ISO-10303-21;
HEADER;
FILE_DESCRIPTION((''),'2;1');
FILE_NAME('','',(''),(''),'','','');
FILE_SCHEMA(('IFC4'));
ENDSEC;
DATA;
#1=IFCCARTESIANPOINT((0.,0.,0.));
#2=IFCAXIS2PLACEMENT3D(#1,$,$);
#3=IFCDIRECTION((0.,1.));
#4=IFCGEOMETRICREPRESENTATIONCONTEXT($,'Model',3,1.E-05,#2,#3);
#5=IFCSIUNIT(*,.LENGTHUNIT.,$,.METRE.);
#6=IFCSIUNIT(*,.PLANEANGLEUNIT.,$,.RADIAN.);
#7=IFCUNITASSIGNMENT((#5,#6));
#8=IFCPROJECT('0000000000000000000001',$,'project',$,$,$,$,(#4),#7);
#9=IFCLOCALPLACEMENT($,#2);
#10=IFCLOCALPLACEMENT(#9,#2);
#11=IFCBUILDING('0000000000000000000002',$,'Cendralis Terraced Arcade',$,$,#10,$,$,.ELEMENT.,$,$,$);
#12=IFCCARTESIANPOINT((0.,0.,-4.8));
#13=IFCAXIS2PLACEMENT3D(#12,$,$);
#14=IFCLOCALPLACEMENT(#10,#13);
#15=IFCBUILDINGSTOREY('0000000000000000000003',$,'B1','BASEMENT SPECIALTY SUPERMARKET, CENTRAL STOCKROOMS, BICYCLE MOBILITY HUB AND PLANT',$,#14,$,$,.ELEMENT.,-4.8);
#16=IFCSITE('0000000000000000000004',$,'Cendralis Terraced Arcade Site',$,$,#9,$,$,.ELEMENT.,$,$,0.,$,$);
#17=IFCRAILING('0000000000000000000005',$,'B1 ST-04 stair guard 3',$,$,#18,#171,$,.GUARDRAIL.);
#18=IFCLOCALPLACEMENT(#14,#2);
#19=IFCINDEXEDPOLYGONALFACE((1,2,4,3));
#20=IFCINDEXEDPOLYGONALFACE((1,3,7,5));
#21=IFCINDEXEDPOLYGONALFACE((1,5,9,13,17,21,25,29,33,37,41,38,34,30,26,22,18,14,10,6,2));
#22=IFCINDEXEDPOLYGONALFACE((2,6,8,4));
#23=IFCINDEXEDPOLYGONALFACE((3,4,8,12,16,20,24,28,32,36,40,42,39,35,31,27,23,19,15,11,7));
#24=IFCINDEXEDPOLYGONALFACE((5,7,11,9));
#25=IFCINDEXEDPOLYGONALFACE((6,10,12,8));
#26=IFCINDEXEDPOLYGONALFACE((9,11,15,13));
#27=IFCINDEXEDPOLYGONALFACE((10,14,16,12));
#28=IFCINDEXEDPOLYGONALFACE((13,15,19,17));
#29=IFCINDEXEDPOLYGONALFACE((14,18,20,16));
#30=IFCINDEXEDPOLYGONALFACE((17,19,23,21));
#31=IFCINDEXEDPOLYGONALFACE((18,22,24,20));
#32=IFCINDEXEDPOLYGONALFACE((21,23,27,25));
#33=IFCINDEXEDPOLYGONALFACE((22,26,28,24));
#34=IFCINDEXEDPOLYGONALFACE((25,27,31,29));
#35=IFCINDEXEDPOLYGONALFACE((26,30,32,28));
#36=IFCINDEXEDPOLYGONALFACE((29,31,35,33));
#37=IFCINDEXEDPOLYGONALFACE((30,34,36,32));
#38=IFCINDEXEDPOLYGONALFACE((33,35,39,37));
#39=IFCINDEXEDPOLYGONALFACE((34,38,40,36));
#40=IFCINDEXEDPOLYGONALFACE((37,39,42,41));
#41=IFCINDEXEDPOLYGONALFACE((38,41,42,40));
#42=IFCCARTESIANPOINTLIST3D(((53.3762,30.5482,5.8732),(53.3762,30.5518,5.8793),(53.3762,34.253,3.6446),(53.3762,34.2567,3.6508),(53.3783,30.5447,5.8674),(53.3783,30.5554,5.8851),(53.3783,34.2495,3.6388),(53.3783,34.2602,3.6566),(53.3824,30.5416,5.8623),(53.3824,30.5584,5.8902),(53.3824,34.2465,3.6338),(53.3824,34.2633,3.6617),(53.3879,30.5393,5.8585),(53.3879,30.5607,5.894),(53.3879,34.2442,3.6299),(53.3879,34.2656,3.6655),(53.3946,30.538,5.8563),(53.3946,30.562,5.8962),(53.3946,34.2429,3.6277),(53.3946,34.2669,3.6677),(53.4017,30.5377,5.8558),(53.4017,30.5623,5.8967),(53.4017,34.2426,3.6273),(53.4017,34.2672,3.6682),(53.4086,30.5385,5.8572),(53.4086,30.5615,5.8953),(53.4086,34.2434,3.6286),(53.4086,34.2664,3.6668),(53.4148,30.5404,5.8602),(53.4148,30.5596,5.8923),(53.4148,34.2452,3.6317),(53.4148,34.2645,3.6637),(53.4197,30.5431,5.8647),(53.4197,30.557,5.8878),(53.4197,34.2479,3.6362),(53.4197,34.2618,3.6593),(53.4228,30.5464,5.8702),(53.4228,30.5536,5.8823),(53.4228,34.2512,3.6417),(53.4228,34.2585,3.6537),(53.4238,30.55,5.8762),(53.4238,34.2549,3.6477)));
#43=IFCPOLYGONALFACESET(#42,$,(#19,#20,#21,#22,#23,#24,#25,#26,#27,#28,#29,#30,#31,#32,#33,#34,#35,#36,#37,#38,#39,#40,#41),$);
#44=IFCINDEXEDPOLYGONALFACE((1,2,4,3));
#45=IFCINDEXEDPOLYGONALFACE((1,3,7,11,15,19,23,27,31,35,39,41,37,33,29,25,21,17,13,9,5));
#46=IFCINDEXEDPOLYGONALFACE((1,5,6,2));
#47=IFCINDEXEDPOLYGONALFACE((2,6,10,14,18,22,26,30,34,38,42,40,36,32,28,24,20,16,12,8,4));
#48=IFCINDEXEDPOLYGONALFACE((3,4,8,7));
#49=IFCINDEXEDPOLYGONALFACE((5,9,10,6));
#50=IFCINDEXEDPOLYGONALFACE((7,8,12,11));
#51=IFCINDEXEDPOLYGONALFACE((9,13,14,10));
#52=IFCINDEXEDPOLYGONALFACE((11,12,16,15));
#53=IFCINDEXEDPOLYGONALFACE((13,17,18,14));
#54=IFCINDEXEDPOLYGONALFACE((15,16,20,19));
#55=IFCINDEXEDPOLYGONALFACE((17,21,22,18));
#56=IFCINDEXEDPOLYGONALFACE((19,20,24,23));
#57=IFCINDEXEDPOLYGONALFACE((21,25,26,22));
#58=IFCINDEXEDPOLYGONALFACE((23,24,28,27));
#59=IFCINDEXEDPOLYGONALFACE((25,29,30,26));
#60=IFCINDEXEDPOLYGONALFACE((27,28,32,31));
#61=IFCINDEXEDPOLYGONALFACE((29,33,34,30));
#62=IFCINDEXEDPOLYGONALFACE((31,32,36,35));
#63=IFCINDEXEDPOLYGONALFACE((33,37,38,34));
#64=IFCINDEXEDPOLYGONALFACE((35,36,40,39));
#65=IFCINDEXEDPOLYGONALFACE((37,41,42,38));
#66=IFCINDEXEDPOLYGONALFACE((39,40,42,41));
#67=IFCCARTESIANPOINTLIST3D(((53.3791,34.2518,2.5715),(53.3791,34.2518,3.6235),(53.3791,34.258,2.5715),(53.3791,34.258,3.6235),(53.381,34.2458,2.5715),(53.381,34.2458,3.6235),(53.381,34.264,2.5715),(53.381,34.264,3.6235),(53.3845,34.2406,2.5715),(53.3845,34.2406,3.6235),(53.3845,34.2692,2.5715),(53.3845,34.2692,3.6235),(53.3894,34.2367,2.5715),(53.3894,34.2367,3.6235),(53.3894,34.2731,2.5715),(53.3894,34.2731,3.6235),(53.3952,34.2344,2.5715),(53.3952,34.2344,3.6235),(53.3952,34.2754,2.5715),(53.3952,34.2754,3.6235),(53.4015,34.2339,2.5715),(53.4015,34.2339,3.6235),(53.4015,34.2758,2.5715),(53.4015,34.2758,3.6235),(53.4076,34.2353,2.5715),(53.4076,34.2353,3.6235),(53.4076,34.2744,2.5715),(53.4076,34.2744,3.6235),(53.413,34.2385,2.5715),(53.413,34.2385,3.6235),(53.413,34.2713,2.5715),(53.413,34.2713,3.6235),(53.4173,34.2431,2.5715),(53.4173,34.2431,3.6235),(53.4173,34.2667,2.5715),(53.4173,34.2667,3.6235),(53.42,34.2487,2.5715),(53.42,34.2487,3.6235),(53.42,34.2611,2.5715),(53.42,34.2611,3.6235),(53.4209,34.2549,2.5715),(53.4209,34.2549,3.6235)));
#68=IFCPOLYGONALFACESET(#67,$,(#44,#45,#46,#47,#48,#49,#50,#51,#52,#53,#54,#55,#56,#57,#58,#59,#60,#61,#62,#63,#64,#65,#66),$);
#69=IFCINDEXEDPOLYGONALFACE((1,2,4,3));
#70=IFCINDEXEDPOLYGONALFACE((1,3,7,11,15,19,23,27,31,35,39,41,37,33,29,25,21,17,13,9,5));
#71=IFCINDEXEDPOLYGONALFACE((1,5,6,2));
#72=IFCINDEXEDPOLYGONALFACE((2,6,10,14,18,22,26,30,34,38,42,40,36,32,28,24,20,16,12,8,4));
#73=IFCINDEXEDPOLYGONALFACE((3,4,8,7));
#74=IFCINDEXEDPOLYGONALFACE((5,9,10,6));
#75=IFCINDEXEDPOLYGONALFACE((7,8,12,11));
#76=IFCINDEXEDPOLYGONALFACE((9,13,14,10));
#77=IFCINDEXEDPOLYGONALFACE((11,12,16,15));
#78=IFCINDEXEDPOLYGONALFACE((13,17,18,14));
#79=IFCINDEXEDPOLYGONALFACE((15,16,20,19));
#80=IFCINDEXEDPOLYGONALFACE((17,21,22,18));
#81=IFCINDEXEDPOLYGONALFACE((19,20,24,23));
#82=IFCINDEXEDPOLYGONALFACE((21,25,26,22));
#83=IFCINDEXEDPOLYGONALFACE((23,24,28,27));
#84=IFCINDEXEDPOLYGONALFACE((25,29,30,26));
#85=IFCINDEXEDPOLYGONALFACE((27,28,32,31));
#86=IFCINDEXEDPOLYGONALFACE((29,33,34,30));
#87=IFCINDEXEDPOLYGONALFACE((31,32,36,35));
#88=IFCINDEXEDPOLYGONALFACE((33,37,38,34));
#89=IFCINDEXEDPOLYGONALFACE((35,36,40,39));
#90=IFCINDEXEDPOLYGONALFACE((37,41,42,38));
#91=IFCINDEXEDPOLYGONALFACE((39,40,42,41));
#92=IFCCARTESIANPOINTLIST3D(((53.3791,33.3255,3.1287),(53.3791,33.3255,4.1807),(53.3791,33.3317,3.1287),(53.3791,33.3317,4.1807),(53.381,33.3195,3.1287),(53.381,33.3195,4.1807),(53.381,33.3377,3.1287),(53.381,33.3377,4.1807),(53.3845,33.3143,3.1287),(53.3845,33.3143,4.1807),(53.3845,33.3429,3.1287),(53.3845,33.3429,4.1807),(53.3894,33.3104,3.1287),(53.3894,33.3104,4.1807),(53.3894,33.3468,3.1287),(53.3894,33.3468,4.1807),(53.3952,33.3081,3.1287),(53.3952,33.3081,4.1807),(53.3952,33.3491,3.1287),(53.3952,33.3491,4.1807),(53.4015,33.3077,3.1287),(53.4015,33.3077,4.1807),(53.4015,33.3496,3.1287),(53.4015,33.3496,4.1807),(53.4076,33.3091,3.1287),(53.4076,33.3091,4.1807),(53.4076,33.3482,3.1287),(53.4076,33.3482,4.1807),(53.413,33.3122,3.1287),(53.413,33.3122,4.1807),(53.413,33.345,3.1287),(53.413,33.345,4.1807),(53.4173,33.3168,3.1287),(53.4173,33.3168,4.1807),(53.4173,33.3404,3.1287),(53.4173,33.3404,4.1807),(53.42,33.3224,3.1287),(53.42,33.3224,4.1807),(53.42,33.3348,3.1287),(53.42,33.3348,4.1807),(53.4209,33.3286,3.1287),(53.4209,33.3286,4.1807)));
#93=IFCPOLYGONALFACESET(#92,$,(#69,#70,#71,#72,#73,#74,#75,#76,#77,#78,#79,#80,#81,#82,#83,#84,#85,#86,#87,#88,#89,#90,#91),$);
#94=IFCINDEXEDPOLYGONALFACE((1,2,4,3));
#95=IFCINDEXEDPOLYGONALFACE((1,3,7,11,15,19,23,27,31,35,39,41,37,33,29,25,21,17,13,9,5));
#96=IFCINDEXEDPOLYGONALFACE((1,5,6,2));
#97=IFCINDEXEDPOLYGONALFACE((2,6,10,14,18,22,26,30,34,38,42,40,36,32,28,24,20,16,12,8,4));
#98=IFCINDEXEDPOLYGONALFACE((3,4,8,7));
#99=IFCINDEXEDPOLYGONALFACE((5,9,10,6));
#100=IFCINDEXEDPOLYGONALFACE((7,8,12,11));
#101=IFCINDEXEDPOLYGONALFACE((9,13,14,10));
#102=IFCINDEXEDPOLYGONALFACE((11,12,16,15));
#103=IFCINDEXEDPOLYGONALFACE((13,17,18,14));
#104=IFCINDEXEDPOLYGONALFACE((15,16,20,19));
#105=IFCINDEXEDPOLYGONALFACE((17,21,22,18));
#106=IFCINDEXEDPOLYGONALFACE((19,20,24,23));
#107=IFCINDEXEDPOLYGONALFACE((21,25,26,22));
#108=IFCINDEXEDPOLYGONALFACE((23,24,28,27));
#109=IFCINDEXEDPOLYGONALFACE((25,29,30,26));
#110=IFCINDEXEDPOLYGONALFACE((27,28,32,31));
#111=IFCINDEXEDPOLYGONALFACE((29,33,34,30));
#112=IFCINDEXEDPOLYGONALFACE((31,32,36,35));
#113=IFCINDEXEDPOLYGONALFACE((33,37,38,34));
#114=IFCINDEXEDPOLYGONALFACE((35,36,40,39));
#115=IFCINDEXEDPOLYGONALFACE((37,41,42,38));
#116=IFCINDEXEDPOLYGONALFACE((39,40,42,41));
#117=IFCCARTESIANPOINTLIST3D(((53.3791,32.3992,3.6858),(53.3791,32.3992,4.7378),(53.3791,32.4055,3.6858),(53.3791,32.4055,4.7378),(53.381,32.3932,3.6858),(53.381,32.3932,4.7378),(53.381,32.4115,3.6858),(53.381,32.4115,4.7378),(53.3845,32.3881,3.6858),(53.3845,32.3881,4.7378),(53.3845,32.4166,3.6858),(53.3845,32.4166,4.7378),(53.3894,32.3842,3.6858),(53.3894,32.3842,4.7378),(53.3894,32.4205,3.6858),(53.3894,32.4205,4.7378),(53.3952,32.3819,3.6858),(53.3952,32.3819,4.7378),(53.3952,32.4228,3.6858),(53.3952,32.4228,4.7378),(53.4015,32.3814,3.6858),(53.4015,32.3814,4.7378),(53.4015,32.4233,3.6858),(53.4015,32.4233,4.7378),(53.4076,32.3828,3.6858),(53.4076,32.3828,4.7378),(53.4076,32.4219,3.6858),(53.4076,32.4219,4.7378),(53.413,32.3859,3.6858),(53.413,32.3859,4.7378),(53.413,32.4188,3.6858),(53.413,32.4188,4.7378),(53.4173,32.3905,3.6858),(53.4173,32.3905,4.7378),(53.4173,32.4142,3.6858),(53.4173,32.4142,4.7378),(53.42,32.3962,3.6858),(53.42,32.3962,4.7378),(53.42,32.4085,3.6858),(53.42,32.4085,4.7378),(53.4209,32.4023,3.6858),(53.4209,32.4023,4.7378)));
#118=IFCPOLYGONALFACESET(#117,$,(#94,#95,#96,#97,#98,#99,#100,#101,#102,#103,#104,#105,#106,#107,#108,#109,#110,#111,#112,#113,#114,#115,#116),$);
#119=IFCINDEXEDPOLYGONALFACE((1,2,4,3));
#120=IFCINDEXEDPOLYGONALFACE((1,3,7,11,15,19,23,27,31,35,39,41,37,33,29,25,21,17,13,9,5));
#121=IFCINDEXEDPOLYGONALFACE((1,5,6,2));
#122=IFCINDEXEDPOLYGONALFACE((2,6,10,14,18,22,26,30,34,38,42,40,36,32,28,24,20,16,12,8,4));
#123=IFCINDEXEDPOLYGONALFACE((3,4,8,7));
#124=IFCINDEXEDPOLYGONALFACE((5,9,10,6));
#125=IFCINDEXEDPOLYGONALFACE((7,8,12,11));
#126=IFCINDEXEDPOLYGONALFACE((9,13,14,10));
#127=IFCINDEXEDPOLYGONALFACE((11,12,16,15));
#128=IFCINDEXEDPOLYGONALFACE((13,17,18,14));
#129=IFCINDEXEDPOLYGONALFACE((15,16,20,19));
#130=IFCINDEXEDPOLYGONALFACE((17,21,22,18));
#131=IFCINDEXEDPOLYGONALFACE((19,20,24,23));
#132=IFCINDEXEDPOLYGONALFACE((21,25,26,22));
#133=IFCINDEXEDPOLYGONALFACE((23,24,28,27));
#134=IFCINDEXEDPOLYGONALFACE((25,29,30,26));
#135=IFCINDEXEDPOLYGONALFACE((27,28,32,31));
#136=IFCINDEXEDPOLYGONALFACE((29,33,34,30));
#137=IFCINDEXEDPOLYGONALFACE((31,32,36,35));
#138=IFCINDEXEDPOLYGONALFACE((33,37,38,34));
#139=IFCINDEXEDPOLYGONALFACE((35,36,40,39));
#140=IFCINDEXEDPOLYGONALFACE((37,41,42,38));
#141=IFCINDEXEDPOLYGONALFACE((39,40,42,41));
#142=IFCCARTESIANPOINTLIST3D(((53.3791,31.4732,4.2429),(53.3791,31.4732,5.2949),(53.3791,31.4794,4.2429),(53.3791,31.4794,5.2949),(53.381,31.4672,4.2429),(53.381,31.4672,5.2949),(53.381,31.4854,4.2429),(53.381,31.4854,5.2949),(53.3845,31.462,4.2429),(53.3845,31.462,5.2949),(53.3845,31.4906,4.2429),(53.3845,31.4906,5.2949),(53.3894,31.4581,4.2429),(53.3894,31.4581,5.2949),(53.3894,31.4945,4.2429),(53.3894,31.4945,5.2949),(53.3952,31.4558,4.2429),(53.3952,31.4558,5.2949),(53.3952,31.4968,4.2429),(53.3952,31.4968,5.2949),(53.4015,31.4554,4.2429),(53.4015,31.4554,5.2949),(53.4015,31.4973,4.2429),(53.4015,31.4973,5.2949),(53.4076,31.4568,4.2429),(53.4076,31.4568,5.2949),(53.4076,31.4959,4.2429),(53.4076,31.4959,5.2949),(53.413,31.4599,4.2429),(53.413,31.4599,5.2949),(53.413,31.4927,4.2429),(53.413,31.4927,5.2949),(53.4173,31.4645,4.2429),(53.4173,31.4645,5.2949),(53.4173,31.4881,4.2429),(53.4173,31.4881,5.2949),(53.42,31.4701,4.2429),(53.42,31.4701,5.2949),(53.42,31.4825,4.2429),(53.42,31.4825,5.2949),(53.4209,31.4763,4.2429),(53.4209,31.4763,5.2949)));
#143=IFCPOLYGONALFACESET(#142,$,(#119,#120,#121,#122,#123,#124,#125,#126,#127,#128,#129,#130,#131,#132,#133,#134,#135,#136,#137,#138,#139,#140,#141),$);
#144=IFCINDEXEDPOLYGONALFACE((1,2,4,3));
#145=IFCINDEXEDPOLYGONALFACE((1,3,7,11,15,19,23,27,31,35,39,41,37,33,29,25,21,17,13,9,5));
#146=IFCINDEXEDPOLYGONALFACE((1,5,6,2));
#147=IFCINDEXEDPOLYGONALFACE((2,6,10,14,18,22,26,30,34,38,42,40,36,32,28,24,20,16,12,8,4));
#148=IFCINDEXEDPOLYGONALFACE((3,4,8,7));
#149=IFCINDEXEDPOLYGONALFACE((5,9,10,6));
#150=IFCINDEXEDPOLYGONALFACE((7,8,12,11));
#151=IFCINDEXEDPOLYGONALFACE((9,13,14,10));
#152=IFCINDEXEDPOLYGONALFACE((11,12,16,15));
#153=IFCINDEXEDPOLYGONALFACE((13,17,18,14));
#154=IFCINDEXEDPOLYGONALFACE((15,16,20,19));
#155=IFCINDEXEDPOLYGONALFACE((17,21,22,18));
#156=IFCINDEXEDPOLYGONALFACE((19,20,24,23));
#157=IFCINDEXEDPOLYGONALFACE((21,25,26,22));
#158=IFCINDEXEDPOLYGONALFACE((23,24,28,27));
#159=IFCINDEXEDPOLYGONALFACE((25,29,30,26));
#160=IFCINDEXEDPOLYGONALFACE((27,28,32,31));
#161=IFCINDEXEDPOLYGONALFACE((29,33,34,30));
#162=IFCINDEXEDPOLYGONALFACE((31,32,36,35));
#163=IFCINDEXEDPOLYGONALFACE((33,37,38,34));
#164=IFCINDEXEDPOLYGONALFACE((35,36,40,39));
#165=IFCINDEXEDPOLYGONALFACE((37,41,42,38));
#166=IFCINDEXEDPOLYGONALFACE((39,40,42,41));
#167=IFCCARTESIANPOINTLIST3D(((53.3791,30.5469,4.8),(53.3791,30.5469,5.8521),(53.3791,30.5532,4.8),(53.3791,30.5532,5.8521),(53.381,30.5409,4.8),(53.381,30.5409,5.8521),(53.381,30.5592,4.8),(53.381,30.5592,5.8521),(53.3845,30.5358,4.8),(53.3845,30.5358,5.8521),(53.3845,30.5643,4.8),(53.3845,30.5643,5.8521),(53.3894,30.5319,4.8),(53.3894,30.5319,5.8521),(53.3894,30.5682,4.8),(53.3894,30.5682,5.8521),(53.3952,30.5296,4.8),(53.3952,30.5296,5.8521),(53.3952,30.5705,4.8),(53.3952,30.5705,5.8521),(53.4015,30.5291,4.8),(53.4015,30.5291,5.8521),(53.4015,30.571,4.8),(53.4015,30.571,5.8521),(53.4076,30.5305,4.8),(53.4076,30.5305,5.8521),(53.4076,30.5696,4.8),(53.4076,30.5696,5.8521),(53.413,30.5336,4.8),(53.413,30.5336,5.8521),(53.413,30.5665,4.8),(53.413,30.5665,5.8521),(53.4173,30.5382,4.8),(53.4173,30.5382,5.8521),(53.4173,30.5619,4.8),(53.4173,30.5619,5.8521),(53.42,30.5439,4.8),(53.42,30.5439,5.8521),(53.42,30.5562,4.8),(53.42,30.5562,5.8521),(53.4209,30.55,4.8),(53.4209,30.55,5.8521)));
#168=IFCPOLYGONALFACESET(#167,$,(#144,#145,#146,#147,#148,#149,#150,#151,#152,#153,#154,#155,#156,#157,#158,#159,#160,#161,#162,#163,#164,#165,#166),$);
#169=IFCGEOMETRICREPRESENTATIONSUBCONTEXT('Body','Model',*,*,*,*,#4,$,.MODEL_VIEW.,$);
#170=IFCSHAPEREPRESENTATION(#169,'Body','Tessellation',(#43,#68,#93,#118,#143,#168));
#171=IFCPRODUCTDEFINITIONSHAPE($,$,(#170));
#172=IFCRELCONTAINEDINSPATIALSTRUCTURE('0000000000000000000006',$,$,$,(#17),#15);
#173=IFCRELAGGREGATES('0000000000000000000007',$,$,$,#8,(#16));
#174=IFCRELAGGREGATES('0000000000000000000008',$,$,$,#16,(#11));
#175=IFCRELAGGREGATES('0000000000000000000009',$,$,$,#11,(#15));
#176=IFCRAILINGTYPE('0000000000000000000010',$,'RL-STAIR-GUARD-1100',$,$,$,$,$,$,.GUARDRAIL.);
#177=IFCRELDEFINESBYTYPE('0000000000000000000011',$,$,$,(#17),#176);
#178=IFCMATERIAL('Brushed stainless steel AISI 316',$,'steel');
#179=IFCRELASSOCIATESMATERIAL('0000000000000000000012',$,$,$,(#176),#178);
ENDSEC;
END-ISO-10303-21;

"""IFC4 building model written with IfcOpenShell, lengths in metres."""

from ifc_helpers import new_model, si_unit, direction, frame, origin, origin_2d, place, context, subcontext, project, spatial, circle, extrude, material, type_object, element, save


model = new_model("IFC4")

# Units and contexts
model_context = context("Model", 3, precision=1e-05, world=origin(), true_north=direction((0.0, 1.0)))
body_context = subcontext(model_context, "Body", "Model", "MODEL_VIEW")
ifc_project = project(units=[si_unit("LENGTHUNIT", "METRE"), si_unit("PLANEANGLEUNIT", "RADIAN")], contexts=[model_context])

# Site, building, storey
site_placement = place(None, origin())
site = spatial("IfcSite", under=ifc_project, at=site_placement, Name="Cendralis Terraced Arcade Site", CompositionType="ELEMENT", RefElevation=0.0)
building_placement = place(site_placement, origin())
building = spatial("IfcBuilding", under=site, at=building_placement, Name="Cendralis Terraced Arcade", CompositionType="ELEMENT")
storey_placement = place(building_placement, frame((0.0, 0.0, -4.8)))
storey = spatial("IfcBuildingStorey", under=building, at=storey_placement, Name="B1", Description="BASEMENT SPECIALTY SUPERMARKET, CENTRAL STOCKROOMS, BICYCLE MOBILITY HUB AND PLANT", CompositionType="ELEMENT", Elevation=-4.8)

# Railing
ifc_material_1 = material(Name="Brushed stainless steel AISI 316", Category="steel")
railing_type = type_object("IfcRailingType", Name="RL-STAIR-GUARD-1100", PredefinedType="GUARDRAIL", material=ifc_material_1)
railing_1_placement = place(storey_placement, frame((53.3999, 34.2549, 2.5715)))
element("IfcRailing", 1, at=railing_1_placement, inside=storey, type_object=railing_type, Name="B1 ST-04 stair guard 3", PredefinedType="GUARDRAIL", context=body_context, shape_type="SweptSolid", body=[
    extrude(circle(Radius=0.0239, at=origin_2d()), frame((0.0, 0.0, 1.0762), z_axis=(0.0, -0.856919, 0.51545), x_axis=(1.0, 0.0, 0.0)), (0.0, 0.0, 1.0), 4.3235),
    extrude(circle(Radius=0.021, at=origin_2d()), origin(), (0.0, 0.0, 1.0), 1.052),
    extrude(circle(Radius=0.021, at=origin_2d()), frame((0.0, -0.9263, 0.5571)), (0.0, 0.0, 1.0), 1.052),
    extrude(circle(Radius=0.021, at=origin_2d()), frame((0.0, -1.8525, 1.1143)), (0.0, 0.0, 1.0), 1.052),
    extrude(circle(Radius=0.021, at=origin_2d()), frame((0.0, -2.7786, 1.6714)), (0.0, 0.0, 1.0), 1.052),
    extrude(circle(Radius=0.021, at=origin_2d()), frame((0.0, -3.7048, 2.2285)), (0.0, 0.0, 1.0), 1.052),
])

save(model, "model.ifc")
